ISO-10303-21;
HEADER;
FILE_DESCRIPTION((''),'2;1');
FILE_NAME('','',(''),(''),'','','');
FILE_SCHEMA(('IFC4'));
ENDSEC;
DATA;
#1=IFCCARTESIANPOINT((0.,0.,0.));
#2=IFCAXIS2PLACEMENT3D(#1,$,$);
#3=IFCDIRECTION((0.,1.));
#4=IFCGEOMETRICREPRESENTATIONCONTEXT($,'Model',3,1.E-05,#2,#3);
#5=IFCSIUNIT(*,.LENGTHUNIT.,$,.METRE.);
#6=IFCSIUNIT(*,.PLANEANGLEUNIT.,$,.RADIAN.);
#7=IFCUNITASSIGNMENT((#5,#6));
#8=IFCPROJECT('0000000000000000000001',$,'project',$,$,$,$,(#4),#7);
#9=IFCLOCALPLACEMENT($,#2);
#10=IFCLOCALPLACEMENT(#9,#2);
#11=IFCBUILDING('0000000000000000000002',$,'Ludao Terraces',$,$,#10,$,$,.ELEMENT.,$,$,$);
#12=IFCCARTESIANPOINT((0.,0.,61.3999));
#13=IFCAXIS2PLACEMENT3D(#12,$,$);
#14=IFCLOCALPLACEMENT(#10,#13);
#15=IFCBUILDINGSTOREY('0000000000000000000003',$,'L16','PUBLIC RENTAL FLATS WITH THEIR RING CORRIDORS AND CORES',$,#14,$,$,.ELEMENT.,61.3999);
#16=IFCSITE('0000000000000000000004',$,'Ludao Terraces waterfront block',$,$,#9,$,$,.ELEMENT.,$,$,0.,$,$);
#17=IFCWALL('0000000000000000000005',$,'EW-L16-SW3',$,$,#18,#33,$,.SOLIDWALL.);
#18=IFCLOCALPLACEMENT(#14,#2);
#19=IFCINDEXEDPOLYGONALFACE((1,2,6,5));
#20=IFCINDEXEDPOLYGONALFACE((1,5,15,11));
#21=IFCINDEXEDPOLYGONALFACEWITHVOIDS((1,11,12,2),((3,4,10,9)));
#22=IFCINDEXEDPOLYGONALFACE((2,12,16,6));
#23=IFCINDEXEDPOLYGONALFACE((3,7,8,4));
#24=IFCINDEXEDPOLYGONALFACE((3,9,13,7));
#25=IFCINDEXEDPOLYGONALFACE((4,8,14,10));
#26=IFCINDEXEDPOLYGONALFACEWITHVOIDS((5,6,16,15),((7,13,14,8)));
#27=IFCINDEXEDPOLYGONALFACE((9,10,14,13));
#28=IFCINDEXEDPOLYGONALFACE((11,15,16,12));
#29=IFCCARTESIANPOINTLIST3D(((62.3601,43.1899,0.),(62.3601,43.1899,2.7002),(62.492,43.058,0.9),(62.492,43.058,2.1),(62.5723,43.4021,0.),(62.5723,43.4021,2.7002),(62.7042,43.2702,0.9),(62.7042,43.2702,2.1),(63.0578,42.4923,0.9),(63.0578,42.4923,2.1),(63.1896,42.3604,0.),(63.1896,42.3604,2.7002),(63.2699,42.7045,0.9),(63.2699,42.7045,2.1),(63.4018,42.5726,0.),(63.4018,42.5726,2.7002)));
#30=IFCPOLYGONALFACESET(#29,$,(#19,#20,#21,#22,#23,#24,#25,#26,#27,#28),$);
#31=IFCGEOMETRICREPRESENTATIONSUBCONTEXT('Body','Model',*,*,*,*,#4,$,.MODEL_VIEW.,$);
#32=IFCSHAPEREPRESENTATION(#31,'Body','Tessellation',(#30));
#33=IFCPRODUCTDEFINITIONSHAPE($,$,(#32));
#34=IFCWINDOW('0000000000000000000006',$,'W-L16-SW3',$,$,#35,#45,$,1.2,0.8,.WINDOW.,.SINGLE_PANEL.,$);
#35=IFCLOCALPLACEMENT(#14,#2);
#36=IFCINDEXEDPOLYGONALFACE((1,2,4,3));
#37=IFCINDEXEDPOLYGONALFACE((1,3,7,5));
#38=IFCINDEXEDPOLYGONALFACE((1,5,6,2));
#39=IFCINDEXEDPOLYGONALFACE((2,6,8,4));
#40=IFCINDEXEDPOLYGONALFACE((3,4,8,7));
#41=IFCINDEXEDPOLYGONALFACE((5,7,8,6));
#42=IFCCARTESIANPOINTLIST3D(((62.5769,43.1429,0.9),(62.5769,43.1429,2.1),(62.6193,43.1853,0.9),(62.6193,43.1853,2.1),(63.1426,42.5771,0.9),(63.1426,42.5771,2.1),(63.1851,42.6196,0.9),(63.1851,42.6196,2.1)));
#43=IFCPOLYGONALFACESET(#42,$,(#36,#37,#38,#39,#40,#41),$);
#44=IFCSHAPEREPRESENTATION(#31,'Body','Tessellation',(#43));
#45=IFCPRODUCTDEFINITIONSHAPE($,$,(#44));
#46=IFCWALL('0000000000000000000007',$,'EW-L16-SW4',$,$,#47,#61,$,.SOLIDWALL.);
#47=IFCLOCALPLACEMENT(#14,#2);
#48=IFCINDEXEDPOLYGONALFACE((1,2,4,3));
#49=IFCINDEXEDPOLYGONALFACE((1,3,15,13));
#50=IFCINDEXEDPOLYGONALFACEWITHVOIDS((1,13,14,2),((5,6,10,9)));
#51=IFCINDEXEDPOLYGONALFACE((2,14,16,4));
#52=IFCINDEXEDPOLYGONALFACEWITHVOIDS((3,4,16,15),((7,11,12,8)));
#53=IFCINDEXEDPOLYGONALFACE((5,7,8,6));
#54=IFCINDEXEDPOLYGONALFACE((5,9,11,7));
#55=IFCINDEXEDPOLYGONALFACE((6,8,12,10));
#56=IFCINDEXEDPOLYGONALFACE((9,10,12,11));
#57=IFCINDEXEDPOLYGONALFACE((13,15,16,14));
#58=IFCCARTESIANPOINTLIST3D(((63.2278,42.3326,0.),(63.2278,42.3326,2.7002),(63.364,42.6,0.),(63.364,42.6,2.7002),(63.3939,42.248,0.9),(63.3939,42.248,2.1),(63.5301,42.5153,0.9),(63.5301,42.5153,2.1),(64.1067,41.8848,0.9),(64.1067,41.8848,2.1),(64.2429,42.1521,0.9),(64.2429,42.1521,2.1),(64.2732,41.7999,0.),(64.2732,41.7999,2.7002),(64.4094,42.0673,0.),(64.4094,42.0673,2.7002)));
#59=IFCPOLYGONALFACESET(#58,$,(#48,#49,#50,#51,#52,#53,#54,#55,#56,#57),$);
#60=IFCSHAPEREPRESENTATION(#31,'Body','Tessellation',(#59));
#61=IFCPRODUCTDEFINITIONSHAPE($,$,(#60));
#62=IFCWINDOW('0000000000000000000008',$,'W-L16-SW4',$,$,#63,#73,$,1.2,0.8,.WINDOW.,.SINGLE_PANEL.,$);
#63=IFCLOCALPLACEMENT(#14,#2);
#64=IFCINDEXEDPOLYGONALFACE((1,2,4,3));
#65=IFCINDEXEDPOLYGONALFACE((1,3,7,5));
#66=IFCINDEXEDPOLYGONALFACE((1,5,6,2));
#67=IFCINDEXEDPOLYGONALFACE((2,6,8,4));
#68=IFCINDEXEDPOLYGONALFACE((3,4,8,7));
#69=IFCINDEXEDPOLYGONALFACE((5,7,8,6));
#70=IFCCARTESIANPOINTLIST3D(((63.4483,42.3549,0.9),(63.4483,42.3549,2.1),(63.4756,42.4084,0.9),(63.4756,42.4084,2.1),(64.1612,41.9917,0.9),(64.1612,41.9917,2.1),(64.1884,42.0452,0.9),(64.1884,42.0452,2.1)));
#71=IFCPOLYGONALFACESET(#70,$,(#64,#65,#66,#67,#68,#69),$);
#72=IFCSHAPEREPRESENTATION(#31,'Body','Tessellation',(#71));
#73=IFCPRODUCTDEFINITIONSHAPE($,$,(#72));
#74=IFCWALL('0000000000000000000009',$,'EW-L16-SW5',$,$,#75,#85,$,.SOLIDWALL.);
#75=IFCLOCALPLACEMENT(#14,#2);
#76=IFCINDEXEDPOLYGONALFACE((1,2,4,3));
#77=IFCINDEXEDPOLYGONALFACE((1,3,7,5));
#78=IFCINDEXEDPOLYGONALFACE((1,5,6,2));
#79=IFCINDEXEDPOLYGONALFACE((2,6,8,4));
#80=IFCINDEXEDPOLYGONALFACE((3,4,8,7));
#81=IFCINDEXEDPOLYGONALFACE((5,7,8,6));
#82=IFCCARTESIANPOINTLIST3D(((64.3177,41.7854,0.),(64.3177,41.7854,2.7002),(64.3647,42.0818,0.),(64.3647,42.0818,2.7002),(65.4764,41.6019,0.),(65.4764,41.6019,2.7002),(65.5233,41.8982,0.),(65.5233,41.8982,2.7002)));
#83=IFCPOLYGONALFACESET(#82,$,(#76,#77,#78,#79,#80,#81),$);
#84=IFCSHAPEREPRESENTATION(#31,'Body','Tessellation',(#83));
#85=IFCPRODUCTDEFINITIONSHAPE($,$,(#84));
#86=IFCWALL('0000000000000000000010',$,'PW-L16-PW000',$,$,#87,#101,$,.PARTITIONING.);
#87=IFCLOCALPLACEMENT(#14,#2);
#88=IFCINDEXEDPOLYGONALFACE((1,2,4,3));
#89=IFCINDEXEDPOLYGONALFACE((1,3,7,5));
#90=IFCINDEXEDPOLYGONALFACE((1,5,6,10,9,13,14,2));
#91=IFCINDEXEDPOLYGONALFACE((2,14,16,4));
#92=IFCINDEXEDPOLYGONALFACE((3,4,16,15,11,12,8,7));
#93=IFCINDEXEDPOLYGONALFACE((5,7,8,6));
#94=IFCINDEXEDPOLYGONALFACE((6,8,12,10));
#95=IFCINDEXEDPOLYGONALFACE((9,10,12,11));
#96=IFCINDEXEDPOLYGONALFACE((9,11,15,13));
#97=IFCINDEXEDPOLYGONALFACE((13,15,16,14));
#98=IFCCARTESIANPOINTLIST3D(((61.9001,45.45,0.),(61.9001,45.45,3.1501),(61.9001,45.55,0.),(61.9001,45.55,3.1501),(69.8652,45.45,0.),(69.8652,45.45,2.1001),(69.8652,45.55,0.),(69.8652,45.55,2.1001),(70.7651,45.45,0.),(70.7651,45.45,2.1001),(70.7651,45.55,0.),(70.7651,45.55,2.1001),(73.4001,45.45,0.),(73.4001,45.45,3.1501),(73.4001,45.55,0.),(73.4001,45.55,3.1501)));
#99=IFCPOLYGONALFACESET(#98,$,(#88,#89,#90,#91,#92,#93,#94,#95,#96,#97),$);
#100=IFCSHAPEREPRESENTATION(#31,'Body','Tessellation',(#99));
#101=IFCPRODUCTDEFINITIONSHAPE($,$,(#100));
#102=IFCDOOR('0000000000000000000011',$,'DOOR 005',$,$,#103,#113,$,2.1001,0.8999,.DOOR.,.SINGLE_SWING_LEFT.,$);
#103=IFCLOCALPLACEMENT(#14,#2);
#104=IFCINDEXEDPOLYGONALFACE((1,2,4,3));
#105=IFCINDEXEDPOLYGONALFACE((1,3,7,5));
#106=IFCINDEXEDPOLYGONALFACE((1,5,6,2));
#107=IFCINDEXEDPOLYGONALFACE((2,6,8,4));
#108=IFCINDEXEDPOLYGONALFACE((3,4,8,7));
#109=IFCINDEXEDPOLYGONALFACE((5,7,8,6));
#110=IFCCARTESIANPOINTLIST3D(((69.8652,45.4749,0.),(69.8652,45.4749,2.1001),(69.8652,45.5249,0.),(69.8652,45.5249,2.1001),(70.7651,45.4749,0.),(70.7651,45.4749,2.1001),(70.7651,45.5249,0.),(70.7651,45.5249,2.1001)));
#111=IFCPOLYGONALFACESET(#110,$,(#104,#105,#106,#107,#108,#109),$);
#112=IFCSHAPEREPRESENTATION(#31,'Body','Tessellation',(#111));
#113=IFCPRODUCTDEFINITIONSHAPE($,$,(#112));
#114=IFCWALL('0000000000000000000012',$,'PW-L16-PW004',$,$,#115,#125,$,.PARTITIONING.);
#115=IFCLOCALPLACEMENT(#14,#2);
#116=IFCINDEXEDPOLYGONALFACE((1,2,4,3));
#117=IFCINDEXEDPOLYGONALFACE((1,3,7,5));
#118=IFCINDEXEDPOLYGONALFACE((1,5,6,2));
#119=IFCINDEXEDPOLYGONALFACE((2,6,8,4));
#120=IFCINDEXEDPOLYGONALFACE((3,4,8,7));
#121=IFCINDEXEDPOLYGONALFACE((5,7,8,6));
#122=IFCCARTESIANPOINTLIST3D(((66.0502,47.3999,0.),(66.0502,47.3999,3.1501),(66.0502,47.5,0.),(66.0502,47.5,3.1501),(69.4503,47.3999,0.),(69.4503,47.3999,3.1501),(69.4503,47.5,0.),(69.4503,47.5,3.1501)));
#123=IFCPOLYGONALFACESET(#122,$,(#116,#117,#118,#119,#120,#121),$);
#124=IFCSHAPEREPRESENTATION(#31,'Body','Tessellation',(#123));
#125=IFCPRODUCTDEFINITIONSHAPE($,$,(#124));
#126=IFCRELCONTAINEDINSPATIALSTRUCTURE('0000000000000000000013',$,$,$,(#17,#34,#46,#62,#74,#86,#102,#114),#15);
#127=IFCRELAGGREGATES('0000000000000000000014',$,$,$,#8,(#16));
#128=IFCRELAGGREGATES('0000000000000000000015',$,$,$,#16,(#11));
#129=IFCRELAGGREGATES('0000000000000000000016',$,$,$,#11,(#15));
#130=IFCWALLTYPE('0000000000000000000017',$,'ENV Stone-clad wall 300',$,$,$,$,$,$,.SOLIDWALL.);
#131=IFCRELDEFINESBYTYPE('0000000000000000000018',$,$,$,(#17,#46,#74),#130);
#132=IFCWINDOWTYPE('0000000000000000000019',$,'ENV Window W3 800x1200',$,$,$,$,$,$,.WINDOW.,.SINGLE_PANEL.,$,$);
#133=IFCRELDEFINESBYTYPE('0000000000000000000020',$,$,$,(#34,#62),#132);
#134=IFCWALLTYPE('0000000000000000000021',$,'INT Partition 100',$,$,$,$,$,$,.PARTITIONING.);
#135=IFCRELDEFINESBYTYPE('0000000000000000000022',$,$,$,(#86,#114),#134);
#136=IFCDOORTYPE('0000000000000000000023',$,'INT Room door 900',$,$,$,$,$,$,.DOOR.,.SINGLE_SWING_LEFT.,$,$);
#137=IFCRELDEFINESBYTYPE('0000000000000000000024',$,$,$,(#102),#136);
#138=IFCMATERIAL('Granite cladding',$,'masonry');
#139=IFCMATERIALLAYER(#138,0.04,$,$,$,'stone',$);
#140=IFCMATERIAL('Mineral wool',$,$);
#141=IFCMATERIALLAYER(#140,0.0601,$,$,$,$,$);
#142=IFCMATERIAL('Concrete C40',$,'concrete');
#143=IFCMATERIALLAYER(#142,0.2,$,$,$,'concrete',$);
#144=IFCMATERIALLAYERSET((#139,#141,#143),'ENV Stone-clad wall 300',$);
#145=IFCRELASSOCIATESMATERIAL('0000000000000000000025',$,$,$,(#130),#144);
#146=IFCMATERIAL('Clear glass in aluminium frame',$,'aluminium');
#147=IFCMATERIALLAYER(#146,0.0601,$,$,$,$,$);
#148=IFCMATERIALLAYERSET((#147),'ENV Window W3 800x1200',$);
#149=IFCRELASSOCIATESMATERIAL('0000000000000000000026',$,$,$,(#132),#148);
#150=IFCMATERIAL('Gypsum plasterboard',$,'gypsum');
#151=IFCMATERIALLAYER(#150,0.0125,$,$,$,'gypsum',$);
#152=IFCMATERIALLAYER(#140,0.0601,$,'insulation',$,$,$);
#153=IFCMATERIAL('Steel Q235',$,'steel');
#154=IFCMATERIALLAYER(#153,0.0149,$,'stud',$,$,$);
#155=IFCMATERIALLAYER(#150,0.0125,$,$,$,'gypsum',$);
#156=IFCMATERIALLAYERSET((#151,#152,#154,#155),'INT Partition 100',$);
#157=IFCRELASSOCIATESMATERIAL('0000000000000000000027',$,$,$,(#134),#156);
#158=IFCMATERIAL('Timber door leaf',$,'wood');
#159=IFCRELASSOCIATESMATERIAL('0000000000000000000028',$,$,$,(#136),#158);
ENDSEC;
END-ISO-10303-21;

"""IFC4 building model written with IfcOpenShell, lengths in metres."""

from ifc_helpers import new_model, si_unit, direction, frame, frame_2d, origin, place, context, subcontext, project, spatial, rectangle, extrude, material, layer, layer_set, type_object, element, fill, save


model = new_model("IFC4")

# Units and contexts
model_context = context("Model", 3, precision=1e-05, world=origin(), true_north=direction((0.0, 1.0)))
body_context = subcontext(model_context, "Body", "Model", "MODEL_VIEW")
ifc_project = project(units=[si_unit("LENGTHUNIT", "METRE"), si_unit("PLANEANGLEUNIT", "RADIAN")], contexts=[model_context])

# Site, building, storey
site_placement = place(None, origin())
site = spatial("IfcSite", under=ifc_project, at=site_placement, Name="Ludao Terraces waterfront block", CompositionType="ELEMENT", RefElevation=0.0)
building_placement = place(site_placement, origin())
building = spatial("IfcBuilding", under=site, at=building_placement, Name="Ludao Terraces", CompositionType="ELEMENT")
storey_placement = place(building_placement, frame((0.0, 0.0, 61.3999)))
storey = spatial("IfcBuildingStorey", under=building, at=storey_placement, Name="L16", Description="PUBLIC RENTAL FLATS WITH THEIR RING CORRIDORS AND CORES", CompositionType="ELEMENT", Elevation=61.3999)

# Shared definitions
ifc_material_1 = material(Name="Concrete C40", Category="concrete")

# Shared definitions
ifc_material_2 = material(Name="Granite cladding", Category="masonry")
ifc_layer_1 = layer(ifc_material_2, 0.04, Category="stone")
ifc_material_3 = material(Name="Mineral wool")
ifc_layer_2 = layer(ifc_material_3, 0.0601)
ifc_layer_3 = layer(ifc_material_1, 0.2, Category="concrete")
ifc_layer_set_1 = layer_set([ifc_layer_1, ifc_layer_2, ifc_layer_3], Name="ENV Stone-clad wall 300")
wall_type_1 = type_object("IfcWallType", Name="ENV Stone-clad wall 300", PredefinedType="SOLIDWALL", material=ifc_layer_set_1)
ifc_material_4 = material(Name="Clear glass in aluminium frame", Category="aluminium")

# Walls, openings, windows
ifc_layer_4 = layer(ifc_material_4, 0.0601)
ifc_layer_set_2 = layer_set([ifc_layer_4], Name="ENV Window W3 800x1200")
window_type_1 = type_object("IfcWindowType", Name="ENV Window W3 800x1200", PartitioningType="SINGLE_PANEL", PredefinedType="WINDOW", material=ifc_layer_set_2)
wall_1_placement = place(storey_placement, frame((62.4663, 43.2959, 0.0), z_axis=(0.0, 0.0, 1.0), x_axis=(0.707107, -0.707107, 0.0)))
wall_1 = element("IfcWall", 1, at=wall_1_placement, inside=storey, type_object=wall_type_1, Name="EW-L16-SW3", PredefinedType="SOLIDWALL", context=body_context, shape_type="SweptSolid", body=[
    extrude(rectangle(XDim=1.1731, YDim=0.3, at=frame_2d((0.5864, 0.0))), origin(), (0.0, 0.0, 1.0), 2.7002),
])
opening_1_placement = place(wall_1_placement, frame((0.1865, 0.0, 0.8999)))
opening_1 = element("IfcOpeningElement", 2, at=opening_1_placement, cuts=wall_1, PredefinedType="OPENING", context=body_context, shape_type="SweptSolid", body=[
    extrude(rectangle(XDim=0.8, YDim=1.2, at=frame_2d((0.3999, 0.6001))), frame((0.0, 0.1602, 0.0), z_axis=(0.0, -1.0, 0.0), x_axis=(1.0, 0.0, 0.0)), (0.0, 0.0, 1.0), 0.3201),
])
window_1_placement = place(opening_1_placement, origin())
window_1 = element("IfcWindow", 3, at=window_1_placement, inside=storey, type_object=window_type_1, Name="W-L16-SW3", OverallHeight=1.2, OverallWidth=0.8, PartitioningType="SINGLE_PANEL", PredefinedType="WINDOW", context=body_context, shape_type="SweptSolid", body=[
    extrude(rectangle(XDim=0.8, YDim=1.2, at=frame_2d((0.3999, 0.6001))), frame((0.0, 0.03, 0.0), z_axis=(0.0, -1.0, 0.0), x_axis=(1.0, 0.0, 0.0)), (0.0, 0.0, 1.0), 0.0601),
])
fill(opening_1, window_1)
wall_2_placement = place(storey_placement, frame((63.2959, 42.4663, 0.0), z_axis=(0.0, 0.0, 1.0), x_axis=(0.890989, -0.454026, 0.0)))
wall_2 = element("IfcWall", 4, at=wall_2_placement, inside=storey, type_object=wall_type_1, Name="EW-L16-SW4", PredefinedType="SOLIDWALL", context=body_context, shape_type="SweptSolid", body=[
    extrude(rectangle(XDim=1.1733, YDim=0.3, at=frame_2d((0.5867, 0.0))), origin(), (0.0, 0.0, 1.0), 2.7002),
])
opening_2_placement = place(wall_2_placement, frame((0.1865, 0.0, 0.8999)))
opening_2 = element("IfcOpeningElement", 5, at=opening_2_placement, cuts=wall_2, PredefinedType="OPENING", context=body_context, shape_type="SweptSolid", body=[
    extrude(rectangle(XDim=0.8, YDim=1.2, at=frame_2d((0.3999, 0.6001))), frame((0.0, 0.1602, 0.0), z_axis=(0.0, -1.0, 0.0), x_axis=(1.0, 0.0, 0.0)), (0.0, 0.0, 1.0), 0.3201),
])
window_2_placement = place(opening_2_placement, origin())
window_2 = element("IfcWindow", 6, at=window_2_placement, inside=storey, type_object=window_type_1, Name="W-L16-SW4", OverallHeight=1.2, OverallWidth=0.8, PartitioningType="SINGLE_PANEL", PredefinedType="WINDOW", context=body_context, shape_type="SweptSolid", body=[
    extrude(rectangle(XDim=0.8, YDim=1.2, at=frame_2d((0.3999, 0.6001))), frame((0.0, 0.03, 0.0), z_axis=(0.0, -1.0, 0.0), x_axis=(1.0, 0.0, 0.0)), (0.0, 0.0, 1.0), 0.0601),
])
fill(opening_2, window_2)

# Wall
wall_3_placement = place(storey_placement, frame((64.3413, 41.9336, 0.0), z_axis=(0.0, 0.0, 1.0), x_axis=(0.987678, -0.156497, 0.0)))
element("IfcWall", 7, at=wall_3_placement, inside=storey, type_object=wall_type_1, Name="EW-L16-SW5", PredefinedType="SOLIDWALL", context=body_context, shape_type="SweptSolid", body=[
    extrude(rectangle(XDim=1.1731, YDim=0.3, at=frame_2d((0.5864, 0.0))), origin(), (0.0, 0.0, 1.0), 2.7002),
])

# Wall, opening, door
ifc_material_5 = material(Name="Gypsum plasterboard", Category="gypsum")
ifc_layer_5 = layer(ifc_material_5, 0.0125, Category="gypsum")
ifc_layer_6 = layer(ifc_material_3, 0.0601, Name="insulation")
ifc_material_6 = material(Name="Steel Q235", Category="steel")
ifc_layer_7 = layer(ifc_material_6, 0.0149, Name="stud")
ifc_layer_8 = layer(ifc_material_5, 0.0125, Category="gypsum")
ifc_layer_set_3 = layer_set([ifc_layer_5, ifc_layer_6, ifc_layer_7, ifc_layer_8], Name="INT Partition 100")
wall_type_2 = type_object("IfcWallType", Name="INT Partition 100", PredefinedType="PARTITIONING", material=ifc_layer_set_3)
wall_4_placement = place(storey_placement, frame((61.9001, 45.5, 0.0), z_axis=(0.0, 0.0, 1.0), x_axis=(1.0, 0.0, 0.0)))
wall_4 = element("IfcWall", 8, at=wall_4_placement, inside=storey, type_object=wall_type_2, Name="PW-L16-PW000", PredefinedType="PARTITIONING", context=body_context, shape_type="SweptSolid", body=[
    extrude(rectangle(XDim=11.5, YDim=0.1001, at=frame_2d((5.75, 0.0))), origin(), (0.0, 0.0, 1.0), 3.1501),
])
opening_3_placement = place(wall_4_placement, frame((7.9651, 0.0, 0.0)))
opening_3 = element("IfcOpeningElement", 9, at=opening_3_placement, cuts=wall_4, PredefinedType="OPENING", context=body_context, shape_type="SweptSolid", body=[
    extrude(rectangle(XDim=0.8999, YDim=2.1001, at=frame_2d((0.45, 1.05))), frame((0.0, 0.0601, 0.0), z_axis=(0.0, -1.0, 0.0), x_axis=(1.0, 0.0, 0.0)), (0.0, 0.0, 1.0), 0.1201),
])
ifc_material_7 = material(Name="Timber door leaf", Category="wood")
door_type_1 = type_object("IfcDoorType", Name="INT Room door 900", OperationType="SINGLE_SWING_LEFT", PredefinedType="DOOR", material=ifc_material_7)
door_1_placement = place(opening_3_placement, origin())
door_1 = element("IfcDoor", 10, at=door_1_placement, inside=storey, type_object=door_type_1, Name="DOOR 005", OperationType="SINGLE_SWING_LEFT", OverallHeight=2.1001, OverallWidth=0.8999, PredefinedType="DOOR", context=body_context, shape_type="SweptSolid", body=[
    extrude(rectangle(XDim=0.8999, YDim=2.1001, at=frame_2d((0.45, 1.05))), frame((0.0, 0.0249, 0.0), z_axis=(0.0, -1.0, 0.0), x_axis=(1.0, 0.0, 0.0)), (0.0, 0.0, 1.0), 0.05),
])
fill(opening_3, door_1)

# Wall
wall_5_placement = place(storey_placement, frame((66.05, 47.45, 0.0), z_axis=(0.0, 0.0, 1.0), x_axis=(1.0, 0.0, 0.0)))
element("IfcWall", 11, at=wall_5_placement, inside=storey, type_object=wall_type_2, Name="PW-L16-PW004", PredefinedType="PARTITIONING", context=body_context, shape_type="SweptSolid", body=[
    extrude(rectangle(XDim=3.4001, YDim=0.1001, at=frame_2d((1.7002, 0.0))), origin(), (0.0, 0.0, 1.0), 3.1501),
])

save(model, "model.ifc")
